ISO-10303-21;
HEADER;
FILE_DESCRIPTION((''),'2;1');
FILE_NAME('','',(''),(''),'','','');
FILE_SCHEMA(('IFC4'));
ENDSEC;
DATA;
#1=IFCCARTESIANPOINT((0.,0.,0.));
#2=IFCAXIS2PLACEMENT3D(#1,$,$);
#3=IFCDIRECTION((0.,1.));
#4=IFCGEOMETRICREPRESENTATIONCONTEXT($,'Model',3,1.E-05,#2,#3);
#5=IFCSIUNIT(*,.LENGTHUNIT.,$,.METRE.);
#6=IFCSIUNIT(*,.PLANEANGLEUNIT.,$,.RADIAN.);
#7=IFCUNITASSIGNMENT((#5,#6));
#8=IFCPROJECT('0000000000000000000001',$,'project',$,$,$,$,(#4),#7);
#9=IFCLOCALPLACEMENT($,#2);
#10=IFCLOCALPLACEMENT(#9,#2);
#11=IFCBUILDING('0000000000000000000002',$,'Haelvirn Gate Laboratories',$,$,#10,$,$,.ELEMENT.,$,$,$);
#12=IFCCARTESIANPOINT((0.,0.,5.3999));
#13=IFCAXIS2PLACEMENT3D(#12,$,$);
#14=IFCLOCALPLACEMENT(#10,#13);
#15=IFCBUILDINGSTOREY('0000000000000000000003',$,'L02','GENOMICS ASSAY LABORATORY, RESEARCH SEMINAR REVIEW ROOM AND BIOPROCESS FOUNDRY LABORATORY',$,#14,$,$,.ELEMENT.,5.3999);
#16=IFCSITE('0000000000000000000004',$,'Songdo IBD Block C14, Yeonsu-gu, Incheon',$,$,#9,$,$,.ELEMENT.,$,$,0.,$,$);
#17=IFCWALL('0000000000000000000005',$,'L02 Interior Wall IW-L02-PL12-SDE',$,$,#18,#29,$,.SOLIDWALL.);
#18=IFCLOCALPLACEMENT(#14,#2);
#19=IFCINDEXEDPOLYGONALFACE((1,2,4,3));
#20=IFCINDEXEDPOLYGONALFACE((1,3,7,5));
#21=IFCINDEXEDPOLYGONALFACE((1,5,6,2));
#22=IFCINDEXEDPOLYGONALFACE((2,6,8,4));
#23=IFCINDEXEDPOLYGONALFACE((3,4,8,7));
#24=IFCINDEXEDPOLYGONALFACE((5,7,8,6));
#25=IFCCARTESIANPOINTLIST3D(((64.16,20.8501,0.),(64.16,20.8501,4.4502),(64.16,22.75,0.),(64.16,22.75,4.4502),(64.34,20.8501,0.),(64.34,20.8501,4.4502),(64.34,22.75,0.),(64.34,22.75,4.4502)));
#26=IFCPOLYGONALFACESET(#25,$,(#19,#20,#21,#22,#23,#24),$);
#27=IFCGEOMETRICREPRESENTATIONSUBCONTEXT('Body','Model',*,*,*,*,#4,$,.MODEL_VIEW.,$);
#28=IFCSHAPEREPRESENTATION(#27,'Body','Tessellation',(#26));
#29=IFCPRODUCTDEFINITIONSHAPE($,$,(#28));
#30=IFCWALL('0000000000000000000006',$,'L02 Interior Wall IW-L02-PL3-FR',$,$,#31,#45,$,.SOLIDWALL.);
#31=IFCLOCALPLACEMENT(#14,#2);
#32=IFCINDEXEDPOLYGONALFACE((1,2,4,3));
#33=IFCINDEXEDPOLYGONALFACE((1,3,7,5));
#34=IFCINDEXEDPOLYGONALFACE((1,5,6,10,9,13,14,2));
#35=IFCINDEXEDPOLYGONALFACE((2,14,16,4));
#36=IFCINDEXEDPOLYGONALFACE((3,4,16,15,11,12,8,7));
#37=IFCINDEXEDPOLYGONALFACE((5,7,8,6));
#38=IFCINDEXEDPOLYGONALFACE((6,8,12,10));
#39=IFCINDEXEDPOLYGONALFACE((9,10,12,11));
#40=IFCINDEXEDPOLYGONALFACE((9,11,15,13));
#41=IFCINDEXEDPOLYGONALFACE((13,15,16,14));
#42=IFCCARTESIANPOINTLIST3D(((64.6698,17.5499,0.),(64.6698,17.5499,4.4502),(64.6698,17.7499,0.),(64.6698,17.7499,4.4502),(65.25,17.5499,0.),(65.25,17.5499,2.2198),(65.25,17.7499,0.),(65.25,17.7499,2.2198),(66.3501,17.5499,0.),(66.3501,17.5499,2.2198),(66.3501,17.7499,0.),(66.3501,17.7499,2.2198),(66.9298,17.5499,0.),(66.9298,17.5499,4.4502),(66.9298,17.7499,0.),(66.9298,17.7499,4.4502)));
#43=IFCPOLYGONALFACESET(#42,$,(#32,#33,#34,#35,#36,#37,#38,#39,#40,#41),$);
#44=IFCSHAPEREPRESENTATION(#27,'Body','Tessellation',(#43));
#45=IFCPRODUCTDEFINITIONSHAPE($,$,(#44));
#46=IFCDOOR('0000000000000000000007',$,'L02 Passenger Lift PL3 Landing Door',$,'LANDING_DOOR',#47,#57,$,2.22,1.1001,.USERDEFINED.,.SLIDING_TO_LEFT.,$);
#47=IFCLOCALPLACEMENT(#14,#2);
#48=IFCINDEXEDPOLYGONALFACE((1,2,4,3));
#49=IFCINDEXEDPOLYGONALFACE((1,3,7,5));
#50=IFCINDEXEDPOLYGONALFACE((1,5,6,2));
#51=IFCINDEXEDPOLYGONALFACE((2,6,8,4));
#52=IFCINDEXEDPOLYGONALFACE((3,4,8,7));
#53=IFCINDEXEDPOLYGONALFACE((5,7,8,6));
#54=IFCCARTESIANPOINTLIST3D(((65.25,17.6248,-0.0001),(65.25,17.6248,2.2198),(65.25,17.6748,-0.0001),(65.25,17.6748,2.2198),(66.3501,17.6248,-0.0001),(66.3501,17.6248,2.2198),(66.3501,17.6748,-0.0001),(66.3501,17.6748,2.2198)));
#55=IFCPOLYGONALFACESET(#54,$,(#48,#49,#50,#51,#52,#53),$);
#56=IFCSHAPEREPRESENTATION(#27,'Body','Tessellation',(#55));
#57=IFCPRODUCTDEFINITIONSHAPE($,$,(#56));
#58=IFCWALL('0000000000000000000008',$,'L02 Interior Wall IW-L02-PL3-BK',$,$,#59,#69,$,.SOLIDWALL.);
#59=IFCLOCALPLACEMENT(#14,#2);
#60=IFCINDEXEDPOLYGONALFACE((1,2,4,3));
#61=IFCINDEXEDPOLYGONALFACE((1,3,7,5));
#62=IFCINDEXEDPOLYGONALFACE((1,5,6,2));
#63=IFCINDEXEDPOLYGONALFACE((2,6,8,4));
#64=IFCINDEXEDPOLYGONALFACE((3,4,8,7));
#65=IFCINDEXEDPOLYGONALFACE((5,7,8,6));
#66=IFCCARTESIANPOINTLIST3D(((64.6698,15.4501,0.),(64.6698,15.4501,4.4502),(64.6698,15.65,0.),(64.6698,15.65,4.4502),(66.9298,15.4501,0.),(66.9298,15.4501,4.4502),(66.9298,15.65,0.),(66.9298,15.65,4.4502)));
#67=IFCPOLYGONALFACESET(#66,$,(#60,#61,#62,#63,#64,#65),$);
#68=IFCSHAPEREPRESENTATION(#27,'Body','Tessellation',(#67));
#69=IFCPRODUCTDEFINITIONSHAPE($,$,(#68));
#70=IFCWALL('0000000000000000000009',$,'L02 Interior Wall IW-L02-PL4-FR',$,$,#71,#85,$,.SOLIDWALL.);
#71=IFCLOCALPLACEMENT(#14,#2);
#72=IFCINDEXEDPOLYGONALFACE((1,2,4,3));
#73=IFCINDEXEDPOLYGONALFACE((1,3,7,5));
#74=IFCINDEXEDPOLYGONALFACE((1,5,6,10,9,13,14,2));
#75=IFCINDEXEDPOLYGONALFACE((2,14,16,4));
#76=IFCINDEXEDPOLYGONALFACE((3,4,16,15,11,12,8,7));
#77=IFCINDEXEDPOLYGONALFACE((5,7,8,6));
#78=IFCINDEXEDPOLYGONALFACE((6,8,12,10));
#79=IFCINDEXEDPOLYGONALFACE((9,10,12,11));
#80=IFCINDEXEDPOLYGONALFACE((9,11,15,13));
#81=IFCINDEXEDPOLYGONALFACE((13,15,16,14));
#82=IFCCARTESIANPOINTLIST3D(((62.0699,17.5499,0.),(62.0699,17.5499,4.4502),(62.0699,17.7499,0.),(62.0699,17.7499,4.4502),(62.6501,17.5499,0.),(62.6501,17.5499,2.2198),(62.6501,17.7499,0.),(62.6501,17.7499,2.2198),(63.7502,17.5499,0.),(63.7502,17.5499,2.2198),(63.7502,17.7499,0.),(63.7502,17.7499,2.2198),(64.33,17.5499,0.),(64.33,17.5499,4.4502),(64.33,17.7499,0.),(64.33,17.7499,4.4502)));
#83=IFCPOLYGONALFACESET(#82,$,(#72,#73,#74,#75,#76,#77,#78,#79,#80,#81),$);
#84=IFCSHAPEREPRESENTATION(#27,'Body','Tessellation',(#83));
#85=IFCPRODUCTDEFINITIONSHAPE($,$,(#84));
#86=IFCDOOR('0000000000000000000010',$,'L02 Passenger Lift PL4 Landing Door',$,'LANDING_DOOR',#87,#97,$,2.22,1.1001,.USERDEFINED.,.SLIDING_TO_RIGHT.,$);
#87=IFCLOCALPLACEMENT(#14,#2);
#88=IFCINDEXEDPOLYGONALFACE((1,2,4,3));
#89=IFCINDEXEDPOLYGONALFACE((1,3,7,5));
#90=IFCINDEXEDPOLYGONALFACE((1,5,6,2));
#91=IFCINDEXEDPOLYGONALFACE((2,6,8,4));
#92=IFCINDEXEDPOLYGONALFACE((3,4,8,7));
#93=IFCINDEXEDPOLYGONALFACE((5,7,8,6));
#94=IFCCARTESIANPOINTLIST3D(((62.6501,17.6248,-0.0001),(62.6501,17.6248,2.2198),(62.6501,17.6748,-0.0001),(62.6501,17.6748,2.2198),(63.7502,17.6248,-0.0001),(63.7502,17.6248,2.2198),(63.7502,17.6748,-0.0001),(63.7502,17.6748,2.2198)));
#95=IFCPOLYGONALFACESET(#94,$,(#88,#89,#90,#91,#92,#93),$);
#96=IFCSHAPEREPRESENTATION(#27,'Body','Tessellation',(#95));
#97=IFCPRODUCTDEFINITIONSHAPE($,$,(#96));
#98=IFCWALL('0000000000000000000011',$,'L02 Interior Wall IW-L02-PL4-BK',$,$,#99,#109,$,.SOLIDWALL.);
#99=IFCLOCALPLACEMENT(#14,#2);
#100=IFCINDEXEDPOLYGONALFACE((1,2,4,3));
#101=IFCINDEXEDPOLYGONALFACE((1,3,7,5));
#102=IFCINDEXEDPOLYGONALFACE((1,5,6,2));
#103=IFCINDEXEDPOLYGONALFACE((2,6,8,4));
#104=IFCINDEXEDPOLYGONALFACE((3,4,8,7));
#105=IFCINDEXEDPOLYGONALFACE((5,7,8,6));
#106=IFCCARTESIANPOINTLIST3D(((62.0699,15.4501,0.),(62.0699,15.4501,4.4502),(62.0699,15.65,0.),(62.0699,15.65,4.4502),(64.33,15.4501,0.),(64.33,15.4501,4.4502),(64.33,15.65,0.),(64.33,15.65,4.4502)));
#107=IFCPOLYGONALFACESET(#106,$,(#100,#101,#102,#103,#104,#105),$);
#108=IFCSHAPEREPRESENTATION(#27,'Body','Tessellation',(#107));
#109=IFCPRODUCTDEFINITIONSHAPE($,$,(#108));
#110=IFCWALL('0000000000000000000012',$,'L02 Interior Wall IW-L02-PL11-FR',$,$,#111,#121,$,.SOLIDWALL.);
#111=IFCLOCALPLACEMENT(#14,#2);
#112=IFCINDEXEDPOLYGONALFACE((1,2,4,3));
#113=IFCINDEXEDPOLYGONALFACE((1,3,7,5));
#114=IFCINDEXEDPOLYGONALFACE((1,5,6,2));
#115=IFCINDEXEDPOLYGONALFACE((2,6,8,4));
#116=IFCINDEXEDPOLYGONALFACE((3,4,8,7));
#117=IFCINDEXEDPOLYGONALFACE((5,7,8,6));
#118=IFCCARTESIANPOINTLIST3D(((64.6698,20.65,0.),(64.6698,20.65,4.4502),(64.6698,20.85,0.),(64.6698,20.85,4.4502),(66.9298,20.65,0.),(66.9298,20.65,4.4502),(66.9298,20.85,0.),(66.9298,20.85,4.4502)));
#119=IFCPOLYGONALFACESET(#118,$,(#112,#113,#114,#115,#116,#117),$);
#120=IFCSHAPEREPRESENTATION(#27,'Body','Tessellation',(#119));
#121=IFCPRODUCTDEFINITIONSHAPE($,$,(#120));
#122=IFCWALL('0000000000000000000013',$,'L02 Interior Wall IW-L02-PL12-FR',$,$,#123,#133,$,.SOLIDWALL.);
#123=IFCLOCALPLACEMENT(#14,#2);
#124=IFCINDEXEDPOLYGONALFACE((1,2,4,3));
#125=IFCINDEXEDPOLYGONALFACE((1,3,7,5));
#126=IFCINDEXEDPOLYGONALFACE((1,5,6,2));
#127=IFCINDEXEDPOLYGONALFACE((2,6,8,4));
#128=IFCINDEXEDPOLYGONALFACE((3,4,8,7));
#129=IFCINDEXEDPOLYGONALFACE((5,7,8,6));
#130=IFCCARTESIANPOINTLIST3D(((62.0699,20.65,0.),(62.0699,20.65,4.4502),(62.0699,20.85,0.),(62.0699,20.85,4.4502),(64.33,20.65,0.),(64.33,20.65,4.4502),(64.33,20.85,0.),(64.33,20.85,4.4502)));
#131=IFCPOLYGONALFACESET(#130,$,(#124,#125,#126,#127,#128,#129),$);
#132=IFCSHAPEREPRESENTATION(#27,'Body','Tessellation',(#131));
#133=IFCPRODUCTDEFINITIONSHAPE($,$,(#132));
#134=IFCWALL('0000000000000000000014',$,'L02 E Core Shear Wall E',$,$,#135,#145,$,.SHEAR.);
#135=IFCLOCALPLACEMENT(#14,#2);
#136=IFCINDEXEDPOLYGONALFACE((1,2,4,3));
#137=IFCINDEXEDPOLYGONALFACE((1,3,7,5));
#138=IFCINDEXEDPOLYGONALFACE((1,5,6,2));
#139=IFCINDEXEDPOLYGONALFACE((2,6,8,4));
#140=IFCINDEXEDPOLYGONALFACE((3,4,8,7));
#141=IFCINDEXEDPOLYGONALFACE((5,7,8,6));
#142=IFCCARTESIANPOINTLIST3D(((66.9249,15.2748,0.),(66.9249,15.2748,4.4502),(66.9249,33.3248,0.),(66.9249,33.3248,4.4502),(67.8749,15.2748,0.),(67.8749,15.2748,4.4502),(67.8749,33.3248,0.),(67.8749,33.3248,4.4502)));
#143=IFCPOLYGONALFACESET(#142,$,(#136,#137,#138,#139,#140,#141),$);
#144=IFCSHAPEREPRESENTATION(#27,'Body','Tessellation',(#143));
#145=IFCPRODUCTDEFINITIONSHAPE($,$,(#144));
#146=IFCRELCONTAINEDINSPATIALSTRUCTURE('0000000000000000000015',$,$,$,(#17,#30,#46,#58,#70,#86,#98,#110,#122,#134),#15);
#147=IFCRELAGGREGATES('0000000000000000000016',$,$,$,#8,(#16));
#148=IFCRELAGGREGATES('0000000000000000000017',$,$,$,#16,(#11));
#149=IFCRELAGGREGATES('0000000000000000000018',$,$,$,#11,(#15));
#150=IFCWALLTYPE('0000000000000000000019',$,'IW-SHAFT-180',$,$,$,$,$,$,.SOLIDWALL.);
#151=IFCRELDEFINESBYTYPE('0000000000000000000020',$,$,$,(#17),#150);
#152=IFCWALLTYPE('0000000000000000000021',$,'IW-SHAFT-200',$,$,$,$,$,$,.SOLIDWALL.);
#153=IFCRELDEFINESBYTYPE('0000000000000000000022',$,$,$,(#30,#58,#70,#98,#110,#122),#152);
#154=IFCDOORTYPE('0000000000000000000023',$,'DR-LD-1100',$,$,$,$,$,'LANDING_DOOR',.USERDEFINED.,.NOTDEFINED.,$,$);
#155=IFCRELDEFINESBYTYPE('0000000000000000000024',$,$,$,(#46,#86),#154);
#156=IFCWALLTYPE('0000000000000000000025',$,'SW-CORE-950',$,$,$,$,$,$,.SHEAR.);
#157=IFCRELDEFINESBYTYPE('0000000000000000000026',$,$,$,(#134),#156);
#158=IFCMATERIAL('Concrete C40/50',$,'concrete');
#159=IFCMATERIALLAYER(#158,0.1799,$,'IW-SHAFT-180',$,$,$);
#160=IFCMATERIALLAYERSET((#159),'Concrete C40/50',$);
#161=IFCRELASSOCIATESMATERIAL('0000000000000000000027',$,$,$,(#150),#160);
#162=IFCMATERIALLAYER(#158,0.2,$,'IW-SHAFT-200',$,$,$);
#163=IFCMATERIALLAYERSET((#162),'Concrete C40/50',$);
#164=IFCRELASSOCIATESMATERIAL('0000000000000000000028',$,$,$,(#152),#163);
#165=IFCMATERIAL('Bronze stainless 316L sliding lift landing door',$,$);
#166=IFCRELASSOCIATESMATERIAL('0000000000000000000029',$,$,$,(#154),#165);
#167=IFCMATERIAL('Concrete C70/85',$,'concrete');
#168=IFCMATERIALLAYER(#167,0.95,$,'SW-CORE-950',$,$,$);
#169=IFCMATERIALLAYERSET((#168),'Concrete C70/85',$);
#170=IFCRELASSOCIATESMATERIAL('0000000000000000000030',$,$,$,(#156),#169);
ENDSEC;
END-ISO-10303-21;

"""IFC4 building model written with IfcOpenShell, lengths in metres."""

from ifc_helpers import new_model, si_unit, direction, frame, frame_2d, origin, place, context, subcontext, project, spatial, rectangle, extrude, source, transform, mapped, material, layer, layer_set, type_object, type_shapes, element, fill, save


model = new_model("IFC4")

# Units and contexts
model_context = context("Model", 3, precision=1e-05, world=origin(), true_north=direction((0.0, 1.0)))
body_context = subcontext(model_context, "Body", "Model", "MODEL_VIEW")
ifc_project = project(units=[si_unit("LENGTHUNIT", "METRE"), si_unit("PLANEANGLEUNIT", "RADIAN")], contexts=[model_context])

# Site, building, storey
site_placement = place(None, origin())
site = spatial("IfcSite", under=ifc_project, at=site_placement, Name="Songdo IBD Block C14, Yeonsu-gu, Incheon", CompositionType="ELEMENT", RefElevation=0.0)
building_placement = place(site_placement, origin())
building = spatial("IfcBuilding", under=site, at=building_placement, Name="Haelvirn Gate Laboratories", CompositionType="ELEMENT")
storey_placement = place(building_placement, frame((0.0, 0.0, 5.3999)))
storey = spatial("IfcBuildingStorey", under=building, at=storey_placement, Name="L02", Description="GENOMICS ASSAY LABORATORY, RESEARCH SEMINAR REVIEW ROOM AND BIOPROCESS FOUNDRY LABORATORY", CompositionType="ELEMENT", Elevation=5.3999)

# Shared definitions
ifc_material_1 = material(Name="Concrete C70/85", Category="concrete")

# Wall
ifc_material_2 = material(Name="Concrete C40/50", Category="concrete")
ifc_layer_1 = layer(ifc_material_2, 0.1799, Name="IW-SHAFT-180")
ifc_layer_set_1 = layer_set([ifc_layer_1], Name="Concrete C40/50")
wall_type_1 = type_object("IfcWallType", Name="IW-SHAFT-180", PredefinedType="SOLIDWALL", material=ifc_layer_set_1)
for number, where, z_axis, x_axis, name in (
    (1, (64.25, 20.8501, 0.0), (0.0, 0.0, 1.0), (0.0, 1.0, 0.0), "L02 Interior Wall IW-L02-PL12-SDE"),
):
    element("IfcWall", number, at=place(storey_placement, frame(where, z_axis=z_axis, x_axis=x_axis)), inside=storey, type_object=wall_type_1, Name=name, PredefinedType="SOLIDWALL", context=body_context, shape_type="SweptSolid", body=[
        extrude(rectangle(XDim=1.8999, YDim=0.1799, at=frame_2d((0.95, 0.0))), origin(), (0.0, 0.0, 1.0), 4.4502),
    ])

# Wall, opening, door
ifc_layer_2 = layer(ifc_material_2, 0.2, Name="IW-SHAFT-200")
ifc_layer_set_2 = layer_set([ifc_layer_2], Name="Concrete C40/50")
wall_type_2 = type_object("IfcWallType", Name="IW-SHAFT-200", PredefinedType="SOLIDWALL", material=ifc_layer_set_2)
wall_1_placement = place(storey_placement, frame((64.6699, 17.6499, 0.0), z_axis=(0.0, 0.0, 1.0), x_axis=(1.0, 0.0, 0.0)))
wall_1 = element("IfcWall", 2, at=wall_1_placement, inside=storey, type_object=wall_type_2, Name="L02 Interior Wall IW-L02-PL3-FR", PredefinedType="SOLIDWALL", context=body_context, shape_type="SweptSolid", body=[
    extrude(rectangle(XDim=2.26, YDim=0.2, at=frame_2d((1.1299, 0.0))), origin(), (0.0, 0.0, 1.0), 4.4502),
])
opening_1_placement = place(wall_1_placement, frame((0.5801, 0.0, 0.0)))
opening_1 = element("IfcOpeningElement", 3, at=opening_1_placement, cuts=wall_1, PredefinedType="OPENING", context=body_context, shape_type="SweptSolid", body=[
    extrude(rectangle(XDim=1.1001, YDim=2.22, at=frame_2d((0.55, 1.1099))), frame((0.0, 0.1099, 0.0), z_axis=(0.0, -1.0, 0.0), x_axis=(1.0, 0.0, 0.0)), (0.0, 0.0, 1.0), 0.22),
])
ifc_material_3 = material(Name="Bronze stainless 316L sliding lift landing door")
door_type_1 = type_object("IfcDoorType", Name="DR-LD-1100", ElementType="LANDING_DOOR", OperationType="NOTDEFINED", PredefinedType="USERDEFINED", material=ifc_material_3)
shared_shape_1 = source(origin(), body_context, "Body", "SweptSolid", [
    extrude(rectangle(XDim=1.1001, YDim=2.22, at=frame_2d((0.55, 1.1099))), frame((0.0, 0.0249, 0.0), z_axis=(0.0, -1.0, 0.0), x_axis=(1.0, 0.0, 0.0)), (0.0, 0.0, 1.0), 0.05),
])
type_shapes(door_type_1, [shared_shape_1])
door_1_placement = place(opening_1_placement, origin())
door_1 = element("IfcDoor", 4, at=door_1_placement, inside=storey, type_object=door_type_1, Name="L02 Passenger Lift PL3 Landing Door", ObjectType="LANDING_DOOR", OperationType="SLIDING_TO_LEFT", OverallHeight=2.22, OverallWidth=1.1001, PredefinedType="USERDEFINED", context=body_context, shape_type="MappedRepresentation", body=[
    mapped(shared_shape_1, transform((0.0, 0.0, 0.0), scale=1.0)),
])
fill(opening_1, door_1)

# Wall
wall_2_placement = place(storey_placement, frame((64.6699, 15.55, 0.0), z_axis=(0.0, 0.0, 1.0), x_axis=(1.0, 0.0, 0.0)))
element("IfcWall", 5, at=wall_2_placement, inside=storey, type_object=wall_type_2, Name="L02 Interior Wall IW-L02-PL3-BK", PredefinedType="SOLIDWALL", context=body_context, shape_type="SweptSolid", body=[
    extrude(rectangle(XDim=2.26, YDim=0.2, at=frame_2d((1.1299, 0.0))), origin(), (0.0, 0.0, 1.0), 4.4502),
])

# Wall, opening, door
wall_3_placement = place(storey_placement, frame((62.0701, 17.6499, 0.0), z_axis=(0.0, 0.0, 1.0), x_axis=(1.0, 0.0, 0.0)))
wall_3 = element("IfcWall", 6, at=wall_3_placement, inside=storey, type_object=wall_type_2, Name="L02 Interior Wall IW-L02-PL4-FR", PredefinedType="SOLIDWALL", context=body_context, shape_type="SweptSolid", body=[
    extrude(rectangle(XDim=2.26, YDim=0.2, at=frame_2d((1.1299, 0.0))), origin(), (0.0, 0.0, 1.0), 4.4502),
])
opening_2_placement = place(wall_3_placement, frame((0.5801, 0.0, 0.0)))
opening_2 = element("IfcOpeningElement", 7, at=opening_2_placement, cuts=wall_3, PredefinedType="OPENING", context=body_context, shape_type="SweptSolid", body=[
    extrude(rectangle(XDim=1.1001, YDim=2.22, at=frame_2d((0.55, 1.1099))), frame((0.0, 0.1099, 0.0), z_axis=(0.0, -1.0, 0.0), x_axis=(1.0, 0.0, 0.0)), (0.0, 0.0, 1.0), 0.22),
])
door_2_placement = place(opening_2_placement, origin())
door_2 = element("IfcDoor", 8, at=door_2_placement, inside=storey, type_object=door_type_1, Name="L02 Passenger Lift PL4 Landing Door", ObjectType="LANDING_DOOR", OperationType="SLIDING_TO_RIGHT", OverallHeight=2.22, OverallWidth=1.1001, PredefinedType="USERDEFINED", context=body_context, shape_type="MappedRepresentation", body=[
    mapped(shared_shape_1, transform((0.0, 0.0, 0.0), scale=1.0)),
])
fill(opening_2, door_2)

# Walls
for number, where, z_axis, x_axis, name in (
    (9, (62.0701, 15.55, 0.0), (0.0, 0.0, 1.0), (1.0, 0.0, 0.0), "L02 Interior Wall IW-L02-PL4-BK"),
    (10, (64.6699, 20.75, 0.0), (0.0, 0.0, 1.0), (1.0, 0.0, 0.0), "L02 Interior Wall IW-L02-PL11-FR"),
    (11, (62.0701, 20.75, 0.0), (0.0, 0.0, 1.0), (1.0, 0.0, 0.0), "L02 Interior Wall IW-L02-PL12-FR"),
):
    element("IfcWall", number, at=place(storey_placement, frame(where, z_axis=z_axis, x_axis=x_axis)), inside=storey, type_object=wall_type_2, Name=name, PredefinedType="SOLIDWALL", context=body_context, shape_type="SweptSolid", body=[
        extrude(rectangle(XDim=2.26, YDim=0.2, at=frame_2d((1.1299, 0.0))), origin(), (0.0, 0.0, 1.0), 4.4502),
    ])
ifc_layer_3 = layer(ifc_material_1, 0.95, Name="SW-CORE-950")
ifc_layer_set_3 = layer_set([ifc_layer_3], Name="Concrete C70/85")
wall_type_3 = type_object("IfcWallType", Name="SW-CORE-950", PredefinedType="SHEAR", material=ifc_layer_set_3)
wall_4_placement = place(storey_placement, frame((67.3999, 15.2749, 0.0), z_axis=(0.0, 0.0, 1.0), x_axis=(0.0, 1.0, 0.0)))
element("IfcWall", 12, at=wall_4_placement, inside=storey, type_object=wall_type_3, Name="L02 E Core Shear Wall E", PredefinedType="SHEAR", context=body_context, shape_type="SweptSolid", body=[
    extrude(rectangle(XDim=18.05, YDim=0.95, at=frame_2d((9.0249, 0.0))), origin(), (0.0, 0.0, 1.0), 4.4502),
])

save(model, "model.ifc")
